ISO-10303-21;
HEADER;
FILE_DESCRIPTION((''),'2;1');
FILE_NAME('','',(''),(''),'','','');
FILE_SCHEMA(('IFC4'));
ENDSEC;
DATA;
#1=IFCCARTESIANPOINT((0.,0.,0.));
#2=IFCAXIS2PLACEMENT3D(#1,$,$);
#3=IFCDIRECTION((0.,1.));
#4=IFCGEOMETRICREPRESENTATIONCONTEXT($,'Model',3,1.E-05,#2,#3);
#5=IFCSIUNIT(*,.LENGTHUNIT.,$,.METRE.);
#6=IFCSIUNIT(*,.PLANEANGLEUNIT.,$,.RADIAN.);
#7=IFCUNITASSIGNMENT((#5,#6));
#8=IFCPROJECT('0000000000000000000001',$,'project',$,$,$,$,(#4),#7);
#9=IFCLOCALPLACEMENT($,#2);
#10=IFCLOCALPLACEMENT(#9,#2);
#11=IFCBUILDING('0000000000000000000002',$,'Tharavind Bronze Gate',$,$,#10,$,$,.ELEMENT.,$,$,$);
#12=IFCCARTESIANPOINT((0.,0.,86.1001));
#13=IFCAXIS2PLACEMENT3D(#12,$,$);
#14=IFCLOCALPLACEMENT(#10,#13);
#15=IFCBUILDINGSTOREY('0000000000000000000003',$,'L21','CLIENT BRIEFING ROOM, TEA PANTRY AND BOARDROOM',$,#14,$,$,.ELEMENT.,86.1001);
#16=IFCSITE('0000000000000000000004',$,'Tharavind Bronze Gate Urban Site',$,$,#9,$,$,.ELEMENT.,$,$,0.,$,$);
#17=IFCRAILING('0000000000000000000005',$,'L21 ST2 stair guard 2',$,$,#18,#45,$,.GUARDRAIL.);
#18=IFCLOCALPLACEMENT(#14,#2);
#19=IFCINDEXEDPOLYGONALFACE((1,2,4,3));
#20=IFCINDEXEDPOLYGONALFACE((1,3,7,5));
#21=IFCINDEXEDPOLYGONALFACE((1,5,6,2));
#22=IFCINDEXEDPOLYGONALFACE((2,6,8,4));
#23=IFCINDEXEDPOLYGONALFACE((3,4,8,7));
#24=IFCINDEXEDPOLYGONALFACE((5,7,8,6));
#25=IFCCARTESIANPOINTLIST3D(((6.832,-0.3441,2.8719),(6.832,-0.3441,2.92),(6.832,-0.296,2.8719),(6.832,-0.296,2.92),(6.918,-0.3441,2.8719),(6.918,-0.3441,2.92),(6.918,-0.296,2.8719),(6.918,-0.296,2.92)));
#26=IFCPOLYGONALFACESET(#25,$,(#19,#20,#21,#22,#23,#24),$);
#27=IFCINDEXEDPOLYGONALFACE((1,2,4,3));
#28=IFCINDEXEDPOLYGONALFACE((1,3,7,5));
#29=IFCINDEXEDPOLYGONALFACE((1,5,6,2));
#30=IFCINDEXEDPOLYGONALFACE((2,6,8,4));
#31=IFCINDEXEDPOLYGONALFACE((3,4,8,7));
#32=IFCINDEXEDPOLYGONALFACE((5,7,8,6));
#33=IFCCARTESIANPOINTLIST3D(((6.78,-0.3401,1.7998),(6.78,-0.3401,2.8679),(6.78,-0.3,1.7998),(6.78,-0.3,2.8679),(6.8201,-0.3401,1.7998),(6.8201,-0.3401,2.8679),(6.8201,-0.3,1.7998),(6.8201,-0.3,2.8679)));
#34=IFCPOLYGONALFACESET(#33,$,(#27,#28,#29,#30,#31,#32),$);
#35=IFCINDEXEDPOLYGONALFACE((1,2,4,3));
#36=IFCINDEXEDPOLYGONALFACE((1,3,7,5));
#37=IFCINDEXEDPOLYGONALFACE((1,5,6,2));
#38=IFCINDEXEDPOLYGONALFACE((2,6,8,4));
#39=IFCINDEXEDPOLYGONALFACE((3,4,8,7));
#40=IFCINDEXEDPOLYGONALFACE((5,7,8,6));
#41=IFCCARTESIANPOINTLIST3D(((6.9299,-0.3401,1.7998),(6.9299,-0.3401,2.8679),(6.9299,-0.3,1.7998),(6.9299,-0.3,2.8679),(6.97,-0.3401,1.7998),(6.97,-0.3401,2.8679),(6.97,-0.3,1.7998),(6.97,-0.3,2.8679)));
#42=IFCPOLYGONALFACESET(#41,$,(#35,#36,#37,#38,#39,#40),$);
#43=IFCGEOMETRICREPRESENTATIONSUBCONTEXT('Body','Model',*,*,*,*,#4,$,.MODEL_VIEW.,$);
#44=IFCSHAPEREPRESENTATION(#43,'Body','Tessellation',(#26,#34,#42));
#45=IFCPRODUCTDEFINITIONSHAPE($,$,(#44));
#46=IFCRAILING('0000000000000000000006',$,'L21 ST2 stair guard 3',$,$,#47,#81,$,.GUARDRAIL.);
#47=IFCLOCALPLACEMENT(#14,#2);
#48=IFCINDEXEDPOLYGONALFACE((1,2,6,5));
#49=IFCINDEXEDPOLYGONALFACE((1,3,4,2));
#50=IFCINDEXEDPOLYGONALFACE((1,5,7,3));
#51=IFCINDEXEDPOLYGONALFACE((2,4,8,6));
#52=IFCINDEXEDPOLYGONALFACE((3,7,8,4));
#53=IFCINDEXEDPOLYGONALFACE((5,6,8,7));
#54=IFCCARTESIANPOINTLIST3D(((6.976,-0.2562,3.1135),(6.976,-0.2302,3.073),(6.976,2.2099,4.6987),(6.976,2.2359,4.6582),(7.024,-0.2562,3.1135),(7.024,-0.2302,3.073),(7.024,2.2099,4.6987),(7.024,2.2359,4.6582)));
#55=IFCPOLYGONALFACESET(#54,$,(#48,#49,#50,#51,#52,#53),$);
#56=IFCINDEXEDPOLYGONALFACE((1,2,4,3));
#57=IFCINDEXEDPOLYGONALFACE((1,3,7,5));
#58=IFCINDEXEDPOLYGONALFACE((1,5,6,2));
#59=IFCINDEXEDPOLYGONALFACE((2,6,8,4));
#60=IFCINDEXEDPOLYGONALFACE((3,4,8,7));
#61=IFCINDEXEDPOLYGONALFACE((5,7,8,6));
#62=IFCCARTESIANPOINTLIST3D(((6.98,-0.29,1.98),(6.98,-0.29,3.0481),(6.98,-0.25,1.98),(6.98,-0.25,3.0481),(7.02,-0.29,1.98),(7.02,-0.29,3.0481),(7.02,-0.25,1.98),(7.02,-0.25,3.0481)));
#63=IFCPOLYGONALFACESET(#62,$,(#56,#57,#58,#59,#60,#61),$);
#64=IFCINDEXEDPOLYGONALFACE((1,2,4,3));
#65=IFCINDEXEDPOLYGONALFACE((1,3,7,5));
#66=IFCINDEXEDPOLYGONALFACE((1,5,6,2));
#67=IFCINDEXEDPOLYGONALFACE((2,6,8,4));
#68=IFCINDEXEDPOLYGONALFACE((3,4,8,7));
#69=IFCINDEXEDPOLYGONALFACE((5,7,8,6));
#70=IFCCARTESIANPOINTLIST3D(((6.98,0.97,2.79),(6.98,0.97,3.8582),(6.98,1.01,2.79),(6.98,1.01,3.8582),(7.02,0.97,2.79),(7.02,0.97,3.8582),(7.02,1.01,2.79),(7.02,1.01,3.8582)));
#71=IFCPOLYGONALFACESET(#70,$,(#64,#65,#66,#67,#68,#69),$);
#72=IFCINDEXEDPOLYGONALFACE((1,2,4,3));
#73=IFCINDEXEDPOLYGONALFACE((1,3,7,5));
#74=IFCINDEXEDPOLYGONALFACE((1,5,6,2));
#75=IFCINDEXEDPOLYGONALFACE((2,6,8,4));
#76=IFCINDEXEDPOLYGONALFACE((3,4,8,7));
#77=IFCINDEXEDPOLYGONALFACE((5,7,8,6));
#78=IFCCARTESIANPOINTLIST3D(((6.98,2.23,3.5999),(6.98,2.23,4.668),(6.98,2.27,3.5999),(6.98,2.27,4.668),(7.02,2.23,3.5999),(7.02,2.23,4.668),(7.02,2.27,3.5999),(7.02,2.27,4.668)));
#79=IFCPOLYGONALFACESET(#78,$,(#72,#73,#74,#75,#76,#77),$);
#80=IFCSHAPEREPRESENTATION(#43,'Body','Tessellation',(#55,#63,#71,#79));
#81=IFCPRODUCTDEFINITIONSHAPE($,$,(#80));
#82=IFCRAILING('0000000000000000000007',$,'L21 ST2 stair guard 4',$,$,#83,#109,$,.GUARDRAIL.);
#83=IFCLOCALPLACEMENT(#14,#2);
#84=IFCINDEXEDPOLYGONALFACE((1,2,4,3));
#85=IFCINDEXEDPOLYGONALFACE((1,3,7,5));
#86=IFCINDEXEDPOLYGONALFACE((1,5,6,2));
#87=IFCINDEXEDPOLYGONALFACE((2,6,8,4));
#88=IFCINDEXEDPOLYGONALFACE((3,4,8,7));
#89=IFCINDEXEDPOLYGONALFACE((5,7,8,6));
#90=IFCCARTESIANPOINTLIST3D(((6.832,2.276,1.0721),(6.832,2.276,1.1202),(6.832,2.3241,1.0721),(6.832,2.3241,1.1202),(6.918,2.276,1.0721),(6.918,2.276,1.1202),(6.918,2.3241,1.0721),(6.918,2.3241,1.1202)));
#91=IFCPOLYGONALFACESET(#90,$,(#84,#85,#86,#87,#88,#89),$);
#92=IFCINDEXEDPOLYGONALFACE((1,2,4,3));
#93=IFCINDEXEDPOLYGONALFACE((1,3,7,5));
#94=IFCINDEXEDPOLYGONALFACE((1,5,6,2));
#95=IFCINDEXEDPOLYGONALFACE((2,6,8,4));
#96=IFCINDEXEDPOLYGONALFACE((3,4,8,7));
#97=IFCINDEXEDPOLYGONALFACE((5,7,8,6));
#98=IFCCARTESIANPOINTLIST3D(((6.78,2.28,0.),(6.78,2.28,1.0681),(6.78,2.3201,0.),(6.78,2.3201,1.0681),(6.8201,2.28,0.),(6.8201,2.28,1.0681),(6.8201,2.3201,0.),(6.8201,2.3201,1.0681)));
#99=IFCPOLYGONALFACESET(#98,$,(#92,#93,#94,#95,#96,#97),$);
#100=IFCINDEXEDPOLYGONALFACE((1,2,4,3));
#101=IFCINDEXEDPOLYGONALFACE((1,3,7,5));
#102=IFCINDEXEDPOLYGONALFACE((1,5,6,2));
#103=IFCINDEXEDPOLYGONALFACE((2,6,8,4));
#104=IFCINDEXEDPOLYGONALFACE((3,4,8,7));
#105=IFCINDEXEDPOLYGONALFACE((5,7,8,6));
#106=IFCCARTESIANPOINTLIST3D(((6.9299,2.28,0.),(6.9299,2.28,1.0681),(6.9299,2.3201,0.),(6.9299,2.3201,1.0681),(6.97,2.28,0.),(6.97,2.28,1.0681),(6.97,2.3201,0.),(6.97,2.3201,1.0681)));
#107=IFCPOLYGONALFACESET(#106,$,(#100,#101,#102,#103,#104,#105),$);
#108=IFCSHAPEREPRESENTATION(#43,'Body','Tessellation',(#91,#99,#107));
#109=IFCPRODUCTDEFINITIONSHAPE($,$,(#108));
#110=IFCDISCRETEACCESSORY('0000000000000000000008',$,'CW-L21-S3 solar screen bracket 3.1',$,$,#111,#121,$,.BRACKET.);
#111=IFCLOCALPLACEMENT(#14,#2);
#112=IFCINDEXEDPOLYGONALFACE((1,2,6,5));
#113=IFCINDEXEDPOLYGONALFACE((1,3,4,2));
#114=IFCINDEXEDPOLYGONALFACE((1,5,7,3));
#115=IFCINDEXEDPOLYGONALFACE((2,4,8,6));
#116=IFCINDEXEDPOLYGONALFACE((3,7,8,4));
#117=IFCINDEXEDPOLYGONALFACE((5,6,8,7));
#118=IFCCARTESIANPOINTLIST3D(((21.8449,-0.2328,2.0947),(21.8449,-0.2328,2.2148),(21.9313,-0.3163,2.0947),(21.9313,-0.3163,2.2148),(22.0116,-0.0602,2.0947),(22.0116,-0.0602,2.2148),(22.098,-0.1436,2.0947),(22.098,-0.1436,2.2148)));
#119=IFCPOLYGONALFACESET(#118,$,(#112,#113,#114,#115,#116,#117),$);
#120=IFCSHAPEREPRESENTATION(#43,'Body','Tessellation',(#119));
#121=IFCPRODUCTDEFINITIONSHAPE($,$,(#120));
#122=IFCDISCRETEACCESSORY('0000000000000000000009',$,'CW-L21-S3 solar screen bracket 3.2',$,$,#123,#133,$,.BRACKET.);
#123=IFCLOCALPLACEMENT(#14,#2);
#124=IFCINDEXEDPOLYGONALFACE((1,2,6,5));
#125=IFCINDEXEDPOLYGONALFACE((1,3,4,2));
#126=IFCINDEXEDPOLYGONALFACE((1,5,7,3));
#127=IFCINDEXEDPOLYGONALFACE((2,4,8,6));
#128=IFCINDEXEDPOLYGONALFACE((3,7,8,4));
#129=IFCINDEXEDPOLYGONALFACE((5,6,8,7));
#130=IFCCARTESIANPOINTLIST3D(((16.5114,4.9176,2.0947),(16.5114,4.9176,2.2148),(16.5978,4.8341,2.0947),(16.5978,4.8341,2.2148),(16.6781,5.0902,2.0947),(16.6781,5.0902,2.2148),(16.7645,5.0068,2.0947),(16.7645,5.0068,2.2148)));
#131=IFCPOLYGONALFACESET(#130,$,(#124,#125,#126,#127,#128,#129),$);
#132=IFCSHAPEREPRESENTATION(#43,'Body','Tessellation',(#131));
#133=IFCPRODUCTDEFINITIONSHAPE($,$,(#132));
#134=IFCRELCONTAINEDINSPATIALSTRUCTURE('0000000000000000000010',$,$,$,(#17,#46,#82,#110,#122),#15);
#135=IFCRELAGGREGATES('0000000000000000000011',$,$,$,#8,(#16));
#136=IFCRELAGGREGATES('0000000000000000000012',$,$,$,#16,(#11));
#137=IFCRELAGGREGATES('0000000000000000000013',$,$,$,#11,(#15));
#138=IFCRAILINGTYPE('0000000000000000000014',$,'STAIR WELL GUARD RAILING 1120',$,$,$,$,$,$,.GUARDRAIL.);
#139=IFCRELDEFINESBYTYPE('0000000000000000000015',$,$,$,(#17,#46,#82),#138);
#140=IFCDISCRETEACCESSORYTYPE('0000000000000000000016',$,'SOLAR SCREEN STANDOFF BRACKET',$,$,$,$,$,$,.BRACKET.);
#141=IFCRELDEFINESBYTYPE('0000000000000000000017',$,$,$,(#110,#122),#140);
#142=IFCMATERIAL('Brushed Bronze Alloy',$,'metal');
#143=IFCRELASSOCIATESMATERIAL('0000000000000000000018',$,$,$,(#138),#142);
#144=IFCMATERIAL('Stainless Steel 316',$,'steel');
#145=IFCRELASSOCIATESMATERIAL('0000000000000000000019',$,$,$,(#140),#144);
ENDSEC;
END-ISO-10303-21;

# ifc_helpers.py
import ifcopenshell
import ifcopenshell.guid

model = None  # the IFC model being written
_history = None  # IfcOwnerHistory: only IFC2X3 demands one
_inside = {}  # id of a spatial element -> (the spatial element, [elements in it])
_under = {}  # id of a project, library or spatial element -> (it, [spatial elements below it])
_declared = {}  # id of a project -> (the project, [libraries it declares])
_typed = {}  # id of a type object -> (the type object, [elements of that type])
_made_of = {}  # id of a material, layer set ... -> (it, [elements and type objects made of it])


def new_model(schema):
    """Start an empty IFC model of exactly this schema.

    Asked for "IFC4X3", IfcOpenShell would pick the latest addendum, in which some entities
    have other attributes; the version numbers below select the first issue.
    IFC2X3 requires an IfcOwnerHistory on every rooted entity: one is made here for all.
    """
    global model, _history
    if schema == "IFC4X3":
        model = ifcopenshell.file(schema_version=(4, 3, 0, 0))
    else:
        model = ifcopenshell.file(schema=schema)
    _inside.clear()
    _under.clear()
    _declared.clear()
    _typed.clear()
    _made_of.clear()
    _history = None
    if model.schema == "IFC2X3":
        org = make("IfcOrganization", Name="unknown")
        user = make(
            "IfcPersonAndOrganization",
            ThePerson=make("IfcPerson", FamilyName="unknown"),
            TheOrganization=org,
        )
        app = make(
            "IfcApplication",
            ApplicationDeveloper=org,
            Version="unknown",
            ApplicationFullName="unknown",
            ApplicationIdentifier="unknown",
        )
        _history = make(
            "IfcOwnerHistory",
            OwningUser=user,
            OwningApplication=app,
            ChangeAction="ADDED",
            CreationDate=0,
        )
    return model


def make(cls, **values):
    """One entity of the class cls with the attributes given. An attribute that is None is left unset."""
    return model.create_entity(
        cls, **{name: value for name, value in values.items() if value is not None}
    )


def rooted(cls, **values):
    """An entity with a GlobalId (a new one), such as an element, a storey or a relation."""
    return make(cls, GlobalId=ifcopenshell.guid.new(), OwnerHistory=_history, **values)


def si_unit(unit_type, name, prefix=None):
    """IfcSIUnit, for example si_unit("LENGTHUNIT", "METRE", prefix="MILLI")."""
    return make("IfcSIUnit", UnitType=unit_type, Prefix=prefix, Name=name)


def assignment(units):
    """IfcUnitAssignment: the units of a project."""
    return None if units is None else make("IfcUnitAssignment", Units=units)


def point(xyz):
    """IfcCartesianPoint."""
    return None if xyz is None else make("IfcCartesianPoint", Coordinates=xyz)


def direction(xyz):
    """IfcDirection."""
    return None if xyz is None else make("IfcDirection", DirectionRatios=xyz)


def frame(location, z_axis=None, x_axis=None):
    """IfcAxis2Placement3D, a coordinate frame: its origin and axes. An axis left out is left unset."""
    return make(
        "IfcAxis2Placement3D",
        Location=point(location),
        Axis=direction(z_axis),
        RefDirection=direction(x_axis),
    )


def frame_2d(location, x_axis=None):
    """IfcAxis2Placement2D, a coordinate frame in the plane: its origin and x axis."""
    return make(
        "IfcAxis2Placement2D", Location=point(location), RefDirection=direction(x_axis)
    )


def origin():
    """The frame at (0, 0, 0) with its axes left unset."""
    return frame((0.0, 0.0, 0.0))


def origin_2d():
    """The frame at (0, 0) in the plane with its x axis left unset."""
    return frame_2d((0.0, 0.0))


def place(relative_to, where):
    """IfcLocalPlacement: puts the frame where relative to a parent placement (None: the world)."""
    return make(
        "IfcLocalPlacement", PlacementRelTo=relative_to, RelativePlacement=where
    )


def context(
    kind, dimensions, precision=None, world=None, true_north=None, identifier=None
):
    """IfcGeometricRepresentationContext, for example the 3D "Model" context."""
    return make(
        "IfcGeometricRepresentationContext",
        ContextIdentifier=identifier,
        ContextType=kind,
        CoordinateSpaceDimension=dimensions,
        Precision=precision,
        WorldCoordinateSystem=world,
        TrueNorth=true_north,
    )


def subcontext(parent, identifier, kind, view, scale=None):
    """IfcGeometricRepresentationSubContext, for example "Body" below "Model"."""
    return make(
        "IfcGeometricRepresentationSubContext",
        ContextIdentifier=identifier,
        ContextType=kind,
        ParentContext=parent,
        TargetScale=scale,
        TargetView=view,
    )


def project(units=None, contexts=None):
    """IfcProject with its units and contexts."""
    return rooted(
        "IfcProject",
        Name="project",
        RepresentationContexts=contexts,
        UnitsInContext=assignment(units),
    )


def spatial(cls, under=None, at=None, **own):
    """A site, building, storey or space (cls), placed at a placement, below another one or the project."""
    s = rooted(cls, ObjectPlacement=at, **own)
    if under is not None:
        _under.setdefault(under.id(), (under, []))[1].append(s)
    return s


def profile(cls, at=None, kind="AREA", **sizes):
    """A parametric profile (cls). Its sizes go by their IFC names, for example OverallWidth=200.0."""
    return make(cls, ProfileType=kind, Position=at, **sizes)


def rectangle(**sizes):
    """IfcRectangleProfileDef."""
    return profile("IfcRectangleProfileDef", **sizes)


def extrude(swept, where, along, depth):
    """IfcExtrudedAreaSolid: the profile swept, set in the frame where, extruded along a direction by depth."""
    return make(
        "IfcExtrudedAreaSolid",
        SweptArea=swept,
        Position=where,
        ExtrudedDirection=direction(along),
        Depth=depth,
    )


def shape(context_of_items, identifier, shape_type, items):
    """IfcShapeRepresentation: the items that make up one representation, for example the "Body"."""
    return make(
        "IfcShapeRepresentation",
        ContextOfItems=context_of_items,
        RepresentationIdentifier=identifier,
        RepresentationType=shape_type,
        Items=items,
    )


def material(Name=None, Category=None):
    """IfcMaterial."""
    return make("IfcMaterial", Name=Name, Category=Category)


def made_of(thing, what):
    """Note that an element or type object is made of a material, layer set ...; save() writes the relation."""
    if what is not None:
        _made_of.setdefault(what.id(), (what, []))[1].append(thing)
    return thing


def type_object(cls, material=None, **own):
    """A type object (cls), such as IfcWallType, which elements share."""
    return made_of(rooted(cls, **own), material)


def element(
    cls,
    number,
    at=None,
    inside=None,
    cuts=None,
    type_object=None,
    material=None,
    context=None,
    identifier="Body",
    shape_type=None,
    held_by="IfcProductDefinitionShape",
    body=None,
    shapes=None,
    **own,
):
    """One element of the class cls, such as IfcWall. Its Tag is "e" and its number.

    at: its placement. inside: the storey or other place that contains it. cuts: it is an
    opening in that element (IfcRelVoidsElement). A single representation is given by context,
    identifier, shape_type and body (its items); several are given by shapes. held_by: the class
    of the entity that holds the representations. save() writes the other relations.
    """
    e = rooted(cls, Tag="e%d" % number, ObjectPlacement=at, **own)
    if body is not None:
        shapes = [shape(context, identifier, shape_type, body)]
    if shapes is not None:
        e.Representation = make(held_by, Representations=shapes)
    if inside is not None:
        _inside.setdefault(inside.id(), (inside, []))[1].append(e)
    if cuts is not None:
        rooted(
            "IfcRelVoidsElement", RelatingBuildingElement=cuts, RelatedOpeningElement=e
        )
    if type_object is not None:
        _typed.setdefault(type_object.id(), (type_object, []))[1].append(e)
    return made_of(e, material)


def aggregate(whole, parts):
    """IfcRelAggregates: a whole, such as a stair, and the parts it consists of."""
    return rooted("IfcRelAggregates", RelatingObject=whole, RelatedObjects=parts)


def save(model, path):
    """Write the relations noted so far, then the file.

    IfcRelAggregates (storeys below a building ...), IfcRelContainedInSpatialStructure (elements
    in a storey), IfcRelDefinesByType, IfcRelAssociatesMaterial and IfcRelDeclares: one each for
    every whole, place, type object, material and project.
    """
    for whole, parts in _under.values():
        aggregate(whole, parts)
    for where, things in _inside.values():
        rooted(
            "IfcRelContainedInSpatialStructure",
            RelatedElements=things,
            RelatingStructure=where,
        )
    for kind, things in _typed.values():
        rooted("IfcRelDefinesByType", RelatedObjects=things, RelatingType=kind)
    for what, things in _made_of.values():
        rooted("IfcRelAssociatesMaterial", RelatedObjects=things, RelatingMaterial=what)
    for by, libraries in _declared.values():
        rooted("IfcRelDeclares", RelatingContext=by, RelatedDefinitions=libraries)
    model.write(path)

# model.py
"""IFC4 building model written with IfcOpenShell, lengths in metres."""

from ifc_helpers import new_model, si_unit, direction, frame, origin, origin_2d, place, context, subcontext, project, spatial, rectangle, extrude, material, type_object, element, save


model = new_model("IFC4")

# Units and contexts
model_context = context("Model", 3, precision=1e-05, world=origin(), true_north=direction((0.0, 1.0)))
body_context = subcontext(model_context, "Body", "Model", "MODEL_VIEW")
ifc_project = project(units=[si_unit("LENGTHUNIT", "METRE"), si_unit("PLANEANGLEUNIT", "RADIAN")], contexts=[model_context])

# Site, building, storey
site_placement = place(None, origin())
site = spatial("IfcSite", under=ifc_project, at=site_placement, Name="Tharavind Bronze Gate Urban Site", CompositionType="ELEMENT", RefElevation=0.0)
building_placement = place(site_placement, origin())
building = spatial("IfcBuilding", under=site, at=building_placement, Name="Tharavind Bronze Gate", CompositionType="ELEMENT")
storey_placement = place(building_placement, frame((0.0, 0.0, 86.1001)))
storey = spatial("IfcBuildingStorey", under=building, at=storey_placement, Name="L21", Description="CLIENT BRIEFING ROOM, TEA PANTRY AND BOARDROOM", CompositionType="ELEMENT", Elevation=86.1001)

# Railings
ifc_material_1 = material(Name="Brushed Bronze Alloy", Category="metal")
railing_type_1 = type_object("IfcRailingType", Name="STAIR WELL GUARD RAILING 1120", PredefinedType="GUARDRAIL", material=ifc_material_1)
railing_1_placement = place(storey_placement, frame((6.8, -0.3201, 1.7998)))
element("IfcRailing", 1, at=railing_1_placement, inside=storey, type_object=railing_type_1, Name="L21 ST2 stair guard 2", PredefinedType="GUARDRAIL", context=body_context, shape_type="SweptSolid", body=[
    extrude(rectangle(XDim=0.0481, YDim=0.0481, at=origin_2d()), frame((0.032, 0.0, 1.0962), z_axis=(1.0, 0.0, 0.0), x_axis=(0.0, 1.0, 0.0)), (0.0, 0.0, 1.0), 0.0859),
    extrude(rectangle(XDim=0.04, YDim=0.04, at=origin_2d()), origin(), (0.0, 0.0, 1.0), 1.0681),
    extrude(rectangle(XDim=0.04, YDim=0.04, at=origin_2d()), frame((0.1499, 0.0, 0.0)), (0.0, 0.0, 1.0), 1.0681),
])
railing_2_placement = place(storey_placement, frame((7.0, -0.27, 1.98)))
element("IfcRailing", 2, at=railing_2_placement, inside=storey, type_object=railing_type_1, Name="L21 ST2 stair guard 3", PredefinedType="GUARDRAIL", context=body_context, shape_type="SweptSolid", body=[
    extrude(rectangle(XDim=0.0481, YDim=0.0481, at=origin_2d()), frame((0.0, 0.0269, 1.1133), z_axis=(0.0, 0.8412, 0.540725), x_axis=(-1.0, 0.0, 0.0)), (0.0, 0.0, 1.0), 2.9316),
    extrude(rectangle(XDim=0.04, YDim=0.04, at=origin_2d()), origin(), (0.0, 0.0, 1.0), 1.0681),
    extrude(rectangle(XDim=0.04, YDim=0.04, at=origin_2d()), frame((0.0, 1.26, 0.8101)), (0.0, 0.0, 1.0), 1.0681),
    extrude(rectangle(XDim=0.04, YDim=0.04, at=origin_2d()), frame((0.0, 2.52, 1.6199)), (0.0, 0.0, 1.0), 1.0681),
])
railing_3_placement = place(storey_placement, frame((6.8, 2.3, 0.0)))
element("IfcRailing", 3, at=railing_3_placement, inside=storey, type_object=railing_type_1, Name="L21 ST2 stair guard 4", PredefinedType="GUARDRAIL", context=body_context, shape_type="SweptSolid", body=[
    extrude(rectangle(XDim=0.0481, YDim=0.0481, at=origin_2d()), frame((0.032, 0.0, 1.0962), z_axis=(1.0, 0.0, 0.0), x_axis=(0.0, 1.0, 0.0)), (0.0, 0.0, 1.0), 0.0859),
    extrude(rectangle(XDim=0.04, YDim=0.04, at=origin_2d()), origin(), (0.0, 0.0, 1.0), 1.0681),
    extrude(rectangle(XDim=0.04, YDim=0.04, at=origin_2d()), frame((0.1499, 0.0, 0.0)), (0.0, 0.0, 1.0), 1.0681),
])

# Discrete accessories
ifc_material_2 = material(Name="Stainless Steel 316", Category="steel")
discrete_accessory_type = type_object("IfcDiscreteAccessoryType", Name="SOLAR SCREEN STANDOFF BRACKET", PredefinedType="BRACKET", material=ifc_material_2)
for number, where, z_axis, x_axis, name in (
    (4, (21.9714, -0.1882, 2.0947), (0.0, 0.0, 1.0), (-0.719341, 0.694657, 0.0), "CW-L21-S3 solar screen bracket 3.1"),
    (5, (16.6379, 4.9622, 2.0947), (0.0, 0.0, 1.0), (-0.719341, 0.694657, 0.0), "CW-L21-S3 solar screen bracket 3.2"),
):
    element("IfcDiscreteAccessory", number, at=place(storey_placement, frame(where, z_axis=z_axis, x_axis=x_axis)), inside=storey, type_object=discrete_accessory_type, Name=name, PredefinedType="BRACKET", context=body_context, shape_type="SweptSolid", body=[
        extrude(rectangle(XDim=0.1201, YDim=0.24, at=origin_2d()), origin(), (0.0, 0.0, 1.0), 0.1201),
    ])

save(model, "model.ifc")
